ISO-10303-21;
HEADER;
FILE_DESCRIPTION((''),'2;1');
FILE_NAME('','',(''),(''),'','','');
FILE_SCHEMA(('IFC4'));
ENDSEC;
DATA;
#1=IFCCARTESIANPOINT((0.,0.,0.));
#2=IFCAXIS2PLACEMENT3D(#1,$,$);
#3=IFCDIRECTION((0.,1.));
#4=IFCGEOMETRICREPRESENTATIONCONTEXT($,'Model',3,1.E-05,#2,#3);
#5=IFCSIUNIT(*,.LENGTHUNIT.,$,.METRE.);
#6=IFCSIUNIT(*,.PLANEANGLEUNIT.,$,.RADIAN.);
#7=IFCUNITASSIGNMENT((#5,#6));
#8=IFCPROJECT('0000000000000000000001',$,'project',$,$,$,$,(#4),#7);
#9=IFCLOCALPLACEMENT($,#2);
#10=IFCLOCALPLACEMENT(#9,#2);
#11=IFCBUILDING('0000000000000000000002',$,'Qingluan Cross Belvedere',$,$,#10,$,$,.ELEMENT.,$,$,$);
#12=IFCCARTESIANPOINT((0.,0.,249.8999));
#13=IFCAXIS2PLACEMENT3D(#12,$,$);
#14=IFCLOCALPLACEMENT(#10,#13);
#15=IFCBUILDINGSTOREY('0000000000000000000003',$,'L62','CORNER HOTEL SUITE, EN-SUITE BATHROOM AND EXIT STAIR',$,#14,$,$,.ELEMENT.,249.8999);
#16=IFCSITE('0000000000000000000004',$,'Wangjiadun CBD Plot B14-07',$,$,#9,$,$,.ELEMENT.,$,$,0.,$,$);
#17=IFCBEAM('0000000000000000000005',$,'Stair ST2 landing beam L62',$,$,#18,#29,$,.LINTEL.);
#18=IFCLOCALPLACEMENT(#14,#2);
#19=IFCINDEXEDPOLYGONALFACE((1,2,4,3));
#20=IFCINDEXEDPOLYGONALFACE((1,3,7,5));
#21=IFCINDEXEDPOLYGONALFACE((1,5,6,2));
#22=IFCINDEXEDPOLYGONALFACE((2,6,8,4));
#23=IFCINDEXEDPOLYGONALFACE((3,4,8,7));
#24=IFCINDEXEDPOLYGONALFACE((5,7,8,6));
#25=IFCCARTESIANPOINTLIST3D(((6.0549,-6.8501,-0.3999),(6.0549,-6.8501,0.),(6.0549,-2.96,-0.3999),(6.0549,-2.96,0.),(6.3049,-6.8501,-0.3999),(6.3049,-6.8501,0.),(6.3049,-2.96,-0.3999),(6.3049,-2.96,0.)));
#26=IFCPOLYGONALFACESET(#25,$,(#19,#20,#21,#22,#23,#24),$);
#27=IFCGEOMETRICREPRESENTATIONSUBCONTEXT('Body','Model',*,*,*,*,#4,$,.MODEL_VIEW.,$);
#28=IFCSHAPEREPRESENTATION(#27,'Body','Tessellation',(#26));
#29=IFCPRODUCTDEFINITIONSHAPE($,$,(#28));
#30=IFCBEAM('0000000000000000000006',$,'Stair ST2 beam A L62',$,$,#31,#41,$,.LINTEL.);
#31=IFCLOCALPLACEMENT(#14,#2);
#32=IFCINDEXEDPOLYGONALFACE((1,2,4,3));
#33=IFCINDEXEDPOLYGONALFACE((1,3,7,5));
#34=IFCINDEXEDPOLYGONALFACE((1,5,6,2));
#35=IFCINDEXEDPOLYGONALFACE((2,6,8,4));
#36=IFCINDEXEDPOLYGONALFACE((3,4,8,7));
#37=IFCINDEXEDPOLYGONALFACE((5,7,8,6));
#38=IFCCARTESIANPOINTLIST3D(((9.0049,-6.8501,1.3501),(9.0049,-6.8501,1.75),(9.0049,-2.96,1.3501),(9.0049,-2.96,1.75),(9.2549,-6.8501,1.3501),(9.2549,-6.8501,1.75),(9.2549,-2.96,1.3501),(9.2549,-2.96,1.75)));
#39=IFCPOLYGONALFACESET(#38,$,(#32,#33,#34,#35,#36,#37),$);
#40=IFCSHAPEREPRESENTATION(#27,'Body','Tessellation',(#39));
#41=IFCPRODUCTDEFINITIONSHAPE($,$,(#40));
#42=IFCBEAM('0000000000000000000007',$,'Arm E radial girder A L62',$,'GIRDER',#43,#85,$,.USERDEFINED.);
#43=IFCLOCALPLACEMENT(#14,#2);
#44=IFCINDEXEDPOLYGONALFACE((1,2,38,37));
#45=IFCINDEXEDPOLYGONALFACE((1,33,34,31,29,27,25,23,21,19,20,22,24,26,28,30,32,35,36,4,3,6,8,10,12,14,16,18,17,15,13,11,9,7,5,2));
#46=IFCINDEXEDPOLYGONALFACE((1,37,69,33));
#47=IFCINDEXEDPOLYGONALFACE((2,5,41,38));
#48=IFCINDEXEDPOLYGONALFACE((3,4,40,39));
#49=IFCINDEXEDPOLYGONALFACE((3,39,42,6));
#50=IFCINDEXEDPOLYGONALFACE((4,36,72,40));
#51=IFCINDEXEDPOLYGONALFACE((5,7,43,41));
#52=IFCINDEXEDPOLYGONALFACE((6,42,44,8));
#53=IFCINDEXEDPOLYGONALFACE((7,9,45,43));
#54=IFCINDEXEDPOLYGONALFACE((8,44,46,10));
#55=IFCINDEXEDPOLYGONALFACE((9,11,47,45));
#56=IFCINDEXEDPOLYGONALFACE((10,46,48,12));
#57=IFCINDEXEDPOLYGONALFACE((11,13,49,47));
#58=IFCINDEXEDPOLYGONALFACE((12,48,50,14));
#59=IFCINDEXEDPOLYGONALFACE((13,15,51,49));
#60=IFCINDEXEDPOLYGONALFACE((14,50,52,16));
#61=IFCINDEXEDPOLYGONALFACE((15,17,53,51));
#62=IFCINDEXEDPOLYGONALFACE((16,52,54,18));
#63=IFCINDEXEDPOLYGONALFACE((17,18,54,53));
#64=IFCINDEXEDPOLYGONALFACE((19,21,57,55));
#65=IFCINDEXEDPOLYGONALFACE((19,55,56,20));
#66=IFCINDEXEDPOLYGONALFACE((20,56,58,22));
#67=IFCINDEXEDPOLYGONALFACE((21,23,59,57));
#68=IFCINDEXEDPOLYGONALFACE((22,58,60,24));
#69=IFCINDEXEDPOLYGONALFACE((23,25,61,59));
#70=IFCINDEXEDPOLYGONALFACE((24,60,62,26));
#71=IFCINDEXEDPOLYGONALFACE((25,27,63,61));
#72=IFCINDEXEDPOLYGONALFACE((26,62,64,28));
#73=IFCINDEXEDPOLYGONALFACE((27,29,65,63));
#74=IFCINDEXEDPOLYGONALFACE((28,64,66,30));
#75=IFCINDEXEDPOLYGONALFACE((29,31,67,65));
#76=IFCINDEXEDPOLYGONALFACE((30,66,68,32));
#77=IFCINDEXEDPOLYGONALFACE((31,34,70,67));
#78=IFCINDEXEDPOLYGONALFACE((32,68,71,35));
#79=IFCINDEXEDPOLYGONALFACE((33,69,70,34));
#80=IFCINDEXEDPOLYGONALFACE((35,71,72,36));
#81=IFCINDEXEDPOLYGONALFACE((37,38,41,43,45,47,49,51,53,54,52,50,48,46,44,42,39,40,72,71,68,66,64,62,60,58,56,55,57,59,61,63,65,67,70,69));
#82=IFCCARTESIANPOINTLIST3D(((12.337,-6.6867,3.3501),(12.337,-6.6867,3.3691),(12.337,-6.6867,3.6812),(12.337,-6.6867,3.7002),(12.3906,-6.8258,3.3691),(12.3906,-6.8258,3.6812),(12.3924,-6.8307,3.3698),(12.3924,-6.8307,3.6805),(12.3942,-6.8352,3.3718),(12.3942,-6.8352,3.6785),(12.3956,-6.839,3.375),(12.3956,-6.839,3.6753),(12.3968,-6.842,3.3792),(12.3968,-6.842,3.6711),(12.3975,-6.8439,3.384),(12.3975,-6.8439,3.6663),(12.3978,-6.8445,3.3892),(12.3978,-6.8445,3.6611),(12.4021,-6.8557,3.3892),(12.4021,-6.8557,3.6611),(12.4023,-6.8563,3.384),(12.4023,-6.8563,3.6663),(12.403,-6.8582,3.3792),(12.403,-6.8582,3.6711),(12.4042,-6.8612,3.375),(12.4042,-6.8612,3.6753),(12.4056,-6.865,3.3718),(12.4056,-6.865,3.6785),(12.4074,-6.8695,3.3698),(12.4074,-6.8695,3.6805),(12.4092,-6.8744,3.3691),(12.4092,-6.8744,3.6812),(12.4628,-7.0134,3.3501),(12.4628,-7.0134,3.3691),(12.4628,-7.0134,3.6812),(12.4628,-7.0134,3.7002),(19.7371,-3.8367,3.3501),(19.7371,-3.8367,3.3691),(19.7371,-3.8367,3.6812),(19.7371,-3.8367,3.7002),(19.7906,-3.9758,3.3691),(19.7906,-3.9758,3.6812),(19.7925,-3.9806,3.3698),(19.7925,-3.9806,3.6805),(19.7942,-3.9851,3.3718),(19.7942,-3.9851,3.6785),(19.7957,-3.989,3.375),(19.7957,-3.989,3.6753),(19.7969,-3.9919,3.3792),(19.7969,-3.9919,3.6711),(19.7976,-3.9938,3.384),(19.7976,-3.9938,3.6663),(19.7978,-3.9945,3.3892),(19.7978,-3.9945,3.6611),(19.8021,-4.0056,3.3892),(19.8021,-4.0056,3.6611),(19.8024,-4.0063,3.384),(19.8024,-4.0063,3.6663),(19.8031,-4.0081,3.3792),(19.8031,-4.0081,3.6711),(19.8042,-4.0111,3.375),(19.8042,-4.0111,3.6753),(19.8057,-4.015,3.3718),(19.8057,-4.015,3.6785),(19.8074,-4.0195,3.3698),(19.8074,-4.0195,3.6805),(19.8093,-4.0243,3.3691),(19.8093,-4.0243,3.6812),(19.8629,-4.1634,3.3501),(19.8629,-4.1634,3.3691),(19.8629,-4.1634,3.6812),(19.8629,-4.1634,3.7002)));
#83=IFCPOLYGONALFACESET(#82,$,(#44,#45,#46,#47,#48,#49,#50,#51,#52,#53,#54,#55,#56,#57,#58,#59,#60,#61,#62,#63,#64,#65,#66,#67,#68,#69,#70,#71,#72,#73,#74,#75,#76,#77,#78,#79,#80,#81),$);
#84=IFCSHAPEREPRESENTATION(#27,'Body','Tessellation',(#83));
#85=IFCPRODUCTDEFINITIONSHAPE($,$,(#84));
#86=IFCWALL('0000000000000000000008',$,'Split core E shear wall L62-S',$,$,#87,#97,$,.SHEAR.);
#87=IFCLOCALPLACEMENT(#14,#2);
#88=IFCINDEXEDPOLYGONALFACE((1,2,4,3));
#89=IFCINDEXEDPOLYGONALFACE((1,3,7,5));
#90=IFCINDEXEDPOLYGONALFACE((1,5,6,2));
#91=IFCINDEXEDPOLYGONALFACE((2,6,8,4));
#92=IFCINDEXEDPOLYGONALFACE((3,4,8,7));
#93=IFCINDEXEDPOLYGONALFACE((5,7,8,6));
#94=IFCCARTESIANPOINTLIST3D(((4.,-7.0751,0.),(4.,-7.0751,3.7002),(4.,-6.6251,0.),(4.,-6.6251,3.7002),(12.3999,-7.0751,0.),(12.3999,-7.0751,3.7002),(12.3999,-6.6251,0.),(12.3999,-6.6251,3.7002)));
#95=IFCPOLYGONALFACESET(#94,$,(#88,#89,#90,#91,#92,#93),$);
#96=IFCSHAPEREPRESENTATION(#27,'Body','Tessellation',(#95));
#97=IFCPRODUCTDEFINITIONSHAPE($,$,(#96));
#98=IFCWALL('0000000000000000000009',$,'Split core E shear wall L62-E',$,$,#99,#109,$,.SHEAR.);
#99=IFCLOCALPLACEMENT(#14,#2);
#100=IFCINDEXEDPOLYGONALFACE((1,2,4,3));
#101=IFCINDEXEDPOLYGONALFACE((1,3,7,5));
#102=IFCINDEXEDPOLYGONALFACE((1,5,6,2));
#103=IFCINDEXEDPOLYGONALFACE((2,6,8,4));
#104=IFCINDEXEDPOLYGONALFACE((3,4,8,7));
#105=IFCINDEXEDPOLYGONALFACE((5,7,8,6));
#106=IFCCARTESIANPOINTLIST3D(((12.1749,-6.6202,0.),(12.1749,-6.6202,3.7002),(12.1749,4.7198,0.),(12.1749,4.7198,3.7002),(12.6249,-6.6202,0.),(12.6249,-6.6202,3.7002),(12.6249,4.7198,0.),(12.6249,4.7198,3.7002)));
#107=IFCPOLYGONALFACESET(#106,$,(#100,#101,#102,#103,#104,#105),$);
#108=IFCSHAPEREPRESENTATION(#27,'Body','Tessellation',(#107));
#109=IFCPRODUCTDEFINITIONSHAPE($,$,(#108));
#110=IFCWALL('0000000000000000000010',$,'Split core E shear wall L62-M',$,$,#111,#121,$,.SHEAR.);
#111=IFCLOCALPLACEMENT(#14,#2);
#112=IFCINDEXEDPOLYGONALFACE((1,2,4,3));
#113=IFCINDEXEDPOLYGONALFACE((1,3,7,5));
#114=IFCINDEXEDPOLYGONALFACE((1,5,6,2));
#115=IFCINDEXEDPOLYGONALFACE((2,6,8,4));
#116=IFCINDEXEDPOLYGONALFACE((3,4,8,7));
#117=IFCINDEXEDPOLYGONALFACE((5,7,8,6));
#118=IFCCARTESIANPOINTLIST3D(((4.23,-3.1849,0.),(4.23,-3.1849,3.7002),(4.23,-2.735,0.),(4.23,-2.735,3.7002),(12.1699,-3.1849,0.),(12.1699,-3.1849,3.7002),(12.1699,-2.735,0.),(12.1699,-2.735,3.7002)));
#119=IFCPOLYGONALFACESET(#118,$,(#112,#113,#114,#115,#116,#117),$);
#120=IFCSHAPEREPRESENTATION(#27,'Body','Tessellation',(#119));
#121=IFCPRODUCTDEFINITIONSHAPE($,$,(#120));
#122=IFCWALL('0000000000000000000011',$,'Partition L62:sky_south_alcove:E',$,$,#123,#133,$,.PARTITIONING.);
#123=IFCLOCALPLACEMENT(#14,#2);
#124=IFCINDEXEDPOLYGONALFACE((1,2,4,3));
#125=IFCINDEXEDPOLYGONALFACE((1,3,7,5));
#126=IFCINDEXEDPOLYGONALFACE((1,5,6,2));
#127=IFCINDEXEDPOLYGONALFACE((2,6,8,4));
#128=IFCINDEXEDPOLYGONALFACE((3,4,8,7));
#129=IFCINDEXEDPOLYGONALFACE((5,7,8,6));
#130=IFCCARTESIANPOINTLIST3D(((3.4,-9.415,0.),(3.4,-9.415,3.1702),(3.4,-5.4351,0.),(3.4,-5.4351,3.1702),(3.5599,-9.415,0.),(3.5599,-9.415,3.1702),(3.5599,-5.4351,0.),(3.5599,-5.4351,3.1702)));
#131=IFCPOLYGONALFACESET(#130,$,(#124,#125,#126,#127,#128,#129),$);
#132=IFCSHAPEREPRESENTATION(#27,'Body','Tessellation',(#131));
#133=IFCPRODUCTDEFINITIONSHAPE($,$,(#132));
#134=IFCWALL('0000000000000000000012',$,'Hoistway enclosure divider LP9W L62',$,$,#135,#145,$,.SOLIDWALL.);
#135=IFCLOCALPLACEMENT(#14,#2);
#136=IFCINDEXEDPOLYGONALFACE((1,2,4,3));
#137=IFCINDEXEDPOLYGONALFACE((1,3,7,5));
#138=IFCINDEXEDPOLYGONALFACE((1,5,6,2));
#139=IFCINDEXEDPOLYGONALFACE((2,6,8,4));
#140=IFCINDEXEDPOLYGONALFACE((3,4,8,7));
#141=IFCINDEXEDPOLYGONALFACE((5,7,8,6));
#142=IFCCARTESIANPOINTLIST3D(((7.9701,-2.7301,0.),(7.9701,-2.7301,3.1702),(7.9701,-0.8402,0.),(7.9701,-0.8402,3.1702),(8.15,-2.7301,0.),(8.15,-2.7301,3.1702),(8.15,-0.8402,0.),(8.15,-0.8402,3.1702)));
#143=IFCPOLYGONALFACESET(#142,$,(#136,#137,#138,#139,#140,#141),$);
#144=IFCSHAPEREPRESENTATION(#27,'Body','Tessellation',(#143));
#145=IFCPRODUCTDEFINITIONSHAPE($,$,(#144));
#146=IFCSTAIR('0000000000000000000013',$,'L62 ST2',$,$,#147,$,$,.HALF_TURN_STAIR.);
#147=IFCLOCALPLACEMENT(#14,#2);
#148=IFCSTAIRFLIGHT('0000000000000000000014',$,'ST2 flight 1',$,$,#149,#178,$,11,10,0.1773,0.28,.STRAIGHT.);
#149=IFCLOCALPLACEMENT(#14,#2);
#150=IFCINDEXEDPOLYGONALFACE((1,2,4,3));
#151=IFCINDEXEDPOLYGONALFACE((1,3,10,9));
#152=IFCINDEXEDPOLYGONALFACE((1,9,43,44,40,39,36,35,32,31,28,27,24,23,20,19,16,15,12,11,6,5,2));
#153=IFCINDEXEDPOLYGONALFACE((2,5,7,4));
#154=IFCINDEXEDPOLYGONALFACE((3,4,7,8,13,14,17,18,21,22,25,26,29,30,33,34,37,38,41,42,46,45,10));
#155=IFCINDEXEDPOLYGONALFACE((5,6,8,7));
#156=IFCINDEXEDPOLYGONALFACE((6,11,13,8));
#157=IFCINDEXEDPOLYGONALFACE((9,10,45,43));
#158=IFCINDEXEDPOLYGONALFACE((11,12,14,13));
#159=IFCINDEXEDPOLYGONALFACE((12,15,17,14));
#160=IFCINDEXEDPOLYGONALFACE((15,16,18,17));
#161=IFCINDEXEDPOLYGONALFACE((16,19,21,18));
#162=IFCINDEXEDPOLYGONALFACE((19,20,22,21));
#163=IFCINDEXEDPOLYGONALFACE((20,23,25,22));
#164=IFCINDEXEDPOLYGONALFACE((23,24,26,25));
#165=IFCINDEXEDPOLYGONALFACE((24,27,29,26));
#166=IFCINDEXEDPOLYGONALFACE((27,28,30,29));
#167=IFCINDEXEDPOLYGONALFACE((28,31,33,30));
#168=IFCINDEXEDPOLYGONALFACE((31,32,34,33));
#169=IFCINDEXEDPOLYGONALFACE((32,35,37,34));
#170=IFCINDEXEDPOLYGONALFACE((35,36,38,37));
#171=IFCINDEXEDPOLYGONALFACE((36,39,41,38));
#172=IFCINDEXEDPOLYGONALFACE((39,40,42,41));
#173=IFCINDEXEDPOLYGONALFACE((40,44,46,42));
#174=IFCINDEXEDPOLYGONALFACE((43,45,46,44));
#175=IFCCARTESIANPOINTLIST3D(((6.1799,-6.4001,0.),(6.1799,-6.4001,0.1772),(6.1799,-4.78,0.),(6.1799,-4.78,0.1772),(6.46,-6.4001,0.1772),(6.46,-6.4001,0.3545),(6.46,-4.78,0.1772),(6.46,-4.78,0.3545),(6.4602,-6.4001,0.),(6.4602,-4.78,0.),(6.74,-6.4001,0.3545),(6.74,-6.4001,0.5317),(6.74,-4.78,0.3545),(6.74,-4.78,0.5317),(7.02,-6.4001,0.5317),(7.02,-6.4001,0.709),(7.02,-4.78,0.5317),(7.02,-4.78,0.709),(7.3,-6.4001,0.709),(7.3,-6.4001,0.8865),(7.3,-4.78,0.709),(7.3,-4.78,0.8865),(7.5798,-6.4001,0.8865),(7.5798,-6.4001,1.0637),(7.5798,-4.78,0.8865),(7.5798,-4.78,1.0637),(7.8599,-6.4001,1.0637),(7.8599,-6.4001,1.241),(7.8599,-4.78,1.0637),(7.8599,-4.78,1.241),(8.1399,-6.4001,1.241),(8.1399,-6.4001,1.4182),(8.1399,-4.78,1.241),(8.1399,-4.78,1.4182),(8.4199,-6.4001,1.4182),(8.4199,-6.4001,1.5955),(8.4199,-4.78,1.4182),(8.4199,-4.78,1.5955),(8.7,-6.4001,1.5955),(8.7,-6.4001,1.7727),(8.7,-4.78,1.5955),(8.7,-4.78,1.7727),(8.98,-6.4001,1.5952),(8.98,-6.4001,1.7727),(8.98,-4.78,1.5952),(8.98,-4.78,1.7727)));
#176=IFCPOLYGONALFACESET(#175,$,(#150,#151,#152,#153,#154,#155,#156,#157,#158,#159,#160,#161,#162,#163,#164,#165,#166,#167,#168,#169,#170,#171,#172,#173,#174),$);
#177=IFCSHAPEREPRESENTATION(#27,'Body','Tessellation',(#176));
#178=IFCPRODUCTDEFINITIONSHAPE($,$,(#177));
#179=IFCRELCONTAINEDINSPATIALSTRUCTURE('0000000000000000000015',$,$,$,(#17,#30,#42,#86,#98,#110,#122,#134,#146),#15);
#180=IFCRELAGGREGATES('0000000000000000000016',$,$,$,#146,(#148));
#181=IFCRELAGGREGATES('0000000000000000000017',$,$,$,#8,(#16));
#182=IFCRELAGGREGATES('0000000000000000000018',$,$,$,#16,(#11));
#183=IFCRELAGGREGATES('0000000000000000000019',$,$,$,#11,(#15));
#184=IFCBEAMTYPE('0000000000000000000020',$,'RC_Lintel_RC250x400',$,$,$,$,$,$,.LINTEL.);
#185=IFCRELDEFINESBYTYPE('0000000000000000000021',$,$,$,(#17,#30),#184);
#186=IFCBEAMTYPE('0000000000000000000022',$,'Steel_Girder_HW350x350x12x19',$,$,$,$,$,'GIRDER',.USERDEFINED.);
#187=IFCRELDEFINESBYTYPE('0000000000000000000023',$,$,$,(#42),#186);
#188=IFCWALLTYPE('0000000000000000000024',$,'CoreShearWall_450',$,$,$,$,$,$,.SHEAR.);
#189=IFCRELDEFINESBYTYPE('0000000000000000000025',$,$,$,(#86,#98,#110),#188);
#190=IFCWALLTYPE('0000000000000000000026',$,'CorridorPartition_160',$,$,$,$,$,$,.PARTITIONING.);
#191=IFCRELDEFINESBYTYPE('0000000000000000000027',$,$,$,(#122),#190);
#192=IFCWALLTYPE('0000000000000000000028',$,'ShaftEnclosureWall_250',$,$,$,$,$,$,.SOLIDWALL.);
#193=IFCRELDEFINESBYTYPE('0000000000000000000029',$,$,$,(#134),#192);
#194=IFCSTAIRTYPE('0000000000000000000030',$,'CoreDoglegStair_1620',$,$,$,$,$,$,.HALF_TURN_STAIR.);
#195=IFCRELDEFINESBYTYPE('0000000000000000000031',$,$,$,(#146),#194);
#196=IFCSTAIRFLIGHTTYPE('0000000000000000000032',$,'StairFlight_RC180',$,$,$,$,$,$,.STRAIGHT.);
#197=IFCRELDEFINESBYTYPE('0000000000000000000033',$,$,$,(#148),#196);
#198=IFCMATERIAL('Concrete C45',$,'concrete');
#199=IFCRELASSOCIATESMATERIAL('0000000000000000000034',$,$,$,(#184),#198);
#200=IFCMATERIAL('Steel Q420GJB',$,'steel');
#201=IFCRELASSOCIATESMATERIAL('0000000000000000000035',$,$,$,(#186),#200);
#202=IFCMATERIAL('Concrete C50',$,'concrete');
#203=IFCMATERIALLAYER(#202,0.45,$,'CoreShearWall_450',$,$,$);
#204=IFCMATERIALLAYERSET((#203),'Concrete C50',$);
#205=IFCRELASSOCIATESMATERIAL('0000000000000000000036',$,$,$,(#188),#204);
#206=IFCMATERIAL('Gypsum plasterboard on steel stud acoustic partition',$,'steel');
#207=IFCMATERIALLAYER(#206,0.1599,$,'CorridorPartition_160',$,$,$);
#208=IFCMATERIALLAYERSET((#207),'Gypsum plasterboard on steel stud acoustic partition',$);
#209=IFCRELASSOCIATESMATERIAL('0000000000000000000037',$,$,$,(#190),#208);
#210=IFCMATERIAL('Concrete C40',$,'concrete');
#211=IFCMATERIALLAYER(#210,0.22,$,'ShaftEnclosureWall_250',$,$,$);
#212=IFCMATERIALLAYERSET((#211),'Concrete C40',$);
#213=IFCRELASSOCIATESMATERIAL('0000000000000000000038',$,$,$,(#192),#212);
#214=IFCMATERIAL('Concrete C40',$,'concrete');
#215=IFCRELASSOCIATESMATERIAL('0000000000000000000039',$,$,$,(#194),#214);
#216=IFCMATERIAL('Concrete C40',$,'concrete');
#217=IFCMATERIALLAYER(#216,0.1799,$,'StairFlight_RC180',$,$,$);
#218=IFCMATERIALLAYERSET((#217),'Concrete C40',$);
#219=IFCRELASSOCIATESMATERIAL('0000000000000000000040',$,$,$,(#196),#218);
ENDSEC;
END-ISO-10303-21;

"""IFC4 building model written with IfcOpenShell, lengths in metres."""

from ifc_helpers import new_model, si_unit, direction, frame, frame_2d, origin, origin_2d, place, context, subcontext, project, spatial, polyline, rectangle, i_section, outline, extrude, material, layer, layer_set, material_profile, profile_set, type_object, element, aggregate, save


model = new_model("IFC4")

# Units and contexts
model_context = context("Model", 3, precision=1e-05, world=origin(), true_north=direction((0.0, 1.0)))
body_context = subcontext(model_context, "Body", "Model", "MODEL_VIEW")
ifc_project = project(units=[si_unit("LENGTHUNIT", "METRE"), si_unit("PLANEANGLEUNIT", "RADIAN")], contexts=[model_context])

# Site, building, storey
site_placement = place(None, origin())
site = spatial("IfcSite", under=ifc_project, at=site_placement, Name="Wangjiadun CBD Plot B14-07", CompositionType="ELEMENT", RefElevation=0.0)
building_placement = place(site_placement, origin())
building = spatial("IfcBuilding", under=site, at=building_placement, Name="Qingluan Cross Belvedere", CompositionType="ELEMENT")
storey_placement = place(building_placement, frame((0.0, 0.0, 249.8999)))
storey = spatial("IfcBuildingStorey", under=building, at=storey_placement, Name="L62", Description="CORNER HOTEL SUITE, EN-SUITE BATHROOM AND EXIT STAIR", CompositionType="ELEMENT", Elevation=249.8999)

# Beams
ifc_material_1 = material(Name="Concrete C45", Category="concrete")
ifc_material_profile_1 = material_profile(ifc_material_1, rectangle(XDim=0.25, YDim=0.3999, at=origin_2d()), Name="RC250x400")
ifc_profile_set_1 = profile_set([ifc_material_profile_1], Name="Concrete C45")
beam_type_1 = type_object("IfcBeamType", Name="RC_Lintel_RC250x400", PredefinedType="LINTEL", material=ifc_profile_set_1)
for number, where, z_axis, x_axis, name in (
    (1, (6.1799, -6.8501, -0.2), (0.0, 1.0, 0.0), (-1.0, 0.0, 0.0), "Stair ST2 landing beam L62"),
    (2, (9.1299, -6.8501, 1.55), (0.0, 1.0, 0.0), (-1.0, 0.0, 0.0), "Stair ST2 beam A L62"),
):
    element("IfcBeam", number, at=place(storey_placement, frame(where, z_axis=z_axis, x_axis=x_axis)), inside=storey, type_object=beam_type_1, Name=name, PredefinedType="LINTEL", context=body_context, shape_type="SweptSolid", body=[
        extrude(rectangle(XDim=0.25, YDim=0.3999, at=origin_2d()), origin(), (0.0, 0.0, 1.0), 3.8901),
    ])
ifc_material_2 = material(Name="Steel Q420GJB", Category="steel")
ifc_material_profile_2 = material_profile(ifc_material_2, i_section(OverallWidth=0.3501, OverallDepth=0.3501, WebThickness=0.012, FlangeThickness=0.019, FilletRadius=0.02, at=origin_2d()), Name="HW350x350x12x19")
ifc_profile_set_2 = profile_set([ifc_material_profile_2], Name="Steel Q420GJB")
beam_type_2 = type_object("IfcBeamType", Name="Steel_Girder_HW350x350x12x19", ElementType="GIRDER", PredefinedType="USERDEFINED", material=ifc_profile_set_2)
beam_placement = place(storey_placement, frame((12.3999, -6.8501, 3.5251), z_axis=(0.933181, 0.359406, 0.0), x_axis=(-0.359406, 0.933181, 0.0)))
element("IfcBeam", 3, at=beam_placement, inside=storey, type_object=beam_type_2, Name="Arm E radial girder A L62", ObjectType="GIRDER", PredefinedType="USERDEFINED", context=body_context, shape_type="SweptSolid", body=[
    extrude(i_section(OverallWidth=0.3501, OverallDepth=0.3501, WebThickness=0.012, FlangeThickness=0.019, FilletRadius=0.02, at=origin_2d()), origin(), (0.0, 0.0, 1.0), 7.9299),
])

# Wall
ifc_material_3 = material(Name="Concrete C50", Category="concrete")
ifc_layer_1 = layer(ifc_material_3, 0.45, Name="CoreShearWall_450")
ifc_layer_set_1 = layer_set([ifc_layer_1], Name="Concrete C50")
wall_type_1 = type_object("IfcWallType", Name="CoreShearWall_450", PredefinedType="SHEAR", material=ifc_layer_set_1)
wall_1_placement = place(storey_placement, frame((4.0, -6.8501, 0.0), z_axis=(0.0, 0.0, 1.0), x_axis=(1.0, 0.0, 0.0)))
element("IfcWall", 4, at=wall_1_placement, inside=storey, type_object=wall_type_1, Name="Split core E shear wall L62-S", PredefinedType="SHEAR", context=body_context, shape_type="SweptSolid", body=[
    extrude(rectangle(XDim=8.3999, YDim=0.45, at=frame_2d((4.2, 0.0))), origin(), (0.0, 0.0, 1.0), 3.7002),
])

# Walls
wall_2_placement = place(storey_placement, frame((12.3999, -6.6201, 0.0), z_axis=(0.0, 0.0, 1.0), x_axis=(0.0, 1.0, 0.0)))
element("IfcWall", 5, at=wall_2_placement, inside=storey, type_object=wall_type_1, Name="Split core E shear wall L62-E", PredefinedType="SHEAR", context=body_context, shape_type="SweptSolid", body=[
    extrude(rectangle(XDim=11.3401, YDim=0.45, at=frame_2d((5.6699, 0.0))), origin(), (0.0, 0.0, 1.0), 3.7002),
])
wall_3_placement = place(storey_placement, frame((4.23, -2.96, 0.0), z_axis=(0.0, 0.0, 1.0), x_axis=(1.0, 0.0, 0.0)))
element("IfcWall", 6, at=wall_3_placement, inside=storey, type_object=wall_type_1, Name="Split core E shear wall L62-M", PredefinedType="SHEAR", context=body_context, shape_type="SweptSolid", body=[
    extrude(rectangle(XDim=7.9399, YDim=0.45, at=frame_2d((3.97, 0.0))), origin(), (0.0, 0.0, 1.0), 3.7002),
])
ifc_material_4 = material(Name="Gypsum plasterboard on steel stud acoustic partition", Category="steel")
ifc_layer_2 = layer(ifc_material_4, 0.1599, Name="CorridorPartition_160")
ifc_layer_set_2 = layer_set([ifc_layer_2], Name="Gypsum plasterboard on steel stud acoustic partition")
wall_type_2 = type_object("IfcWallType", Name="CorridorPartition_160", PredefinedType="PARTITIONING", material=ifc_layer_set_2)
wall_4_placement = place(storey_placement, frame((3.48, -9.415, 0.0), z_axis=(0.0, 0.0, 1.0), x_axis=(0.0, 1.0, 0.0)))
element("IfcWall", 7, at=wall_4_placement, inside=storey, type_object=wall_type_2, Name="Partition L62:sky_south_alcove:E", PredefinedType="PARTITIONING", context=body_context, shape_type="SweptSolid", body=[
    extrude(rectangle(XDim=3.98, YDim=0.1599, at=frame_2d((1.99, 0.0))), origin(), (0.0, 0.0, 1.0), 3.1702),
])

# Wall
ifc_material_5 = material(Name="Concrete C40", Category="concrete")
ifc_layer_3 = layer(ifc_material_5, 0.22, Name="ShaftEnclosureWall_250")
ifc_layer_set_3 = layer_set([ifc_layer_3], Name="Concrete C40")
wall_type_3 = type_object("IfcWallType", Name="ShaftEnclosureWall_250", PredefinedType="SOLIDWALL", material=ifc_layer_set_3)
wall_5_placement = place(storey_placement, frame((8.0601, -2.73, 0.0), z_axis=(0.0, 0.0, 1.0), x_axis=(0.0, 1.0, 0.0)))
element("IfcWall", 8, at=wall_5_placement, inside=storey, type_object=wall_type_3, Name="Hoistway enclosure divider LP9W L62", PredefinedType="SOLIDWALL", context=body_context, shape_type="SweptSolid", body=[
    extrude(rectangle(XDim=1.8899, YDim=0.1799, at=frame_2d((0.9448, 0.0))), origin(), (0.0, 0.0, 1.0), 3.1702),
])

# Stair, stair flight
ifc_material_6 = material(Name="Concrete C40", Category="concrete")
stair_type = type_object("IfcStairType", Name="CoreDoglegStair_1620", PredefinedType="HALF_TURN_STAIR", material=ifc_material_6)
stair_placement = place(storey_placement, origin())
stair = element("IfcStair", 9, at=stair_placement, inside=storey, type_object=stair_type, Name="L62 ST2", PredefinedType="HALF_TURN_STAIR")
ifc_material_7 = material(Name="Concrete C40", Category="concrete")
ifc_layer_4 = layer(ifc_material_7, 0.1799, Name="StairFlight_RC180")
ifc_layer_set_4 = layer_set([ifc_layer_4], Name="Concrete C40")
stair_flight_type = type_object("IfcStairFlightType", Name="StairFlight_RC180", PredefinedType="STRAIGHT", material=ifc_layer_set_4)
stair_flight_1_placement = place(storey_placement, frame((6.1799, -5.5901, 0.0), z_axis=(0.0, 0.0, 1.0), x_axis=(1.0, 0.0, 0.0)))
stair_flight_1 = element("IfcStairFlight", 10, at=stair_flight_1_placement, type_object=stair_flight_type, Name="ST2 flight 1", NumberOfRisers=11, NumberOfTreads=10, PredefinedType="STRAIGHT", RiserHeight=0.1773, TreadLength=0.28, context=body_context, shape_type="SweptSolid", body=[
    extrude(outline(polyline([(0.0, 0.0), (0.0, 0.1772), (0.28, 0.1772), (0.28, 0.3545), (0.5601, 0.3545), (0.5601, 0.5317), (0.8401, 0.5317), (0.8401, 0.709), (1.1201, 0.709), (1.1201, 0.8865), (1.3999, 0.8865), (1.3999, 1.0637), (1.6799, 1.0637), (1.6799, 1.241), (1.96, 1.241), (1.96, 1.4182), (2.24, 1.4182), (2.24, 1.5955), (2.52, 1.5955), (2.52, 1.7727), (2.8, 1.7727), (2.8, 1.95), (2.8, 1.5952), (0.2803, 0.0), (0.0, 0.0)])), frame((0.0, 0.8101, 0.0), z_axis=(0.0, -1.0, 0.0), x_axis=(1.0, 0.0, 0.0)), (0.0, 0.0, 1.0), 1.6201),
])
aggregate(stair, [stair_flight_1])

save(model, "model.ifc")
